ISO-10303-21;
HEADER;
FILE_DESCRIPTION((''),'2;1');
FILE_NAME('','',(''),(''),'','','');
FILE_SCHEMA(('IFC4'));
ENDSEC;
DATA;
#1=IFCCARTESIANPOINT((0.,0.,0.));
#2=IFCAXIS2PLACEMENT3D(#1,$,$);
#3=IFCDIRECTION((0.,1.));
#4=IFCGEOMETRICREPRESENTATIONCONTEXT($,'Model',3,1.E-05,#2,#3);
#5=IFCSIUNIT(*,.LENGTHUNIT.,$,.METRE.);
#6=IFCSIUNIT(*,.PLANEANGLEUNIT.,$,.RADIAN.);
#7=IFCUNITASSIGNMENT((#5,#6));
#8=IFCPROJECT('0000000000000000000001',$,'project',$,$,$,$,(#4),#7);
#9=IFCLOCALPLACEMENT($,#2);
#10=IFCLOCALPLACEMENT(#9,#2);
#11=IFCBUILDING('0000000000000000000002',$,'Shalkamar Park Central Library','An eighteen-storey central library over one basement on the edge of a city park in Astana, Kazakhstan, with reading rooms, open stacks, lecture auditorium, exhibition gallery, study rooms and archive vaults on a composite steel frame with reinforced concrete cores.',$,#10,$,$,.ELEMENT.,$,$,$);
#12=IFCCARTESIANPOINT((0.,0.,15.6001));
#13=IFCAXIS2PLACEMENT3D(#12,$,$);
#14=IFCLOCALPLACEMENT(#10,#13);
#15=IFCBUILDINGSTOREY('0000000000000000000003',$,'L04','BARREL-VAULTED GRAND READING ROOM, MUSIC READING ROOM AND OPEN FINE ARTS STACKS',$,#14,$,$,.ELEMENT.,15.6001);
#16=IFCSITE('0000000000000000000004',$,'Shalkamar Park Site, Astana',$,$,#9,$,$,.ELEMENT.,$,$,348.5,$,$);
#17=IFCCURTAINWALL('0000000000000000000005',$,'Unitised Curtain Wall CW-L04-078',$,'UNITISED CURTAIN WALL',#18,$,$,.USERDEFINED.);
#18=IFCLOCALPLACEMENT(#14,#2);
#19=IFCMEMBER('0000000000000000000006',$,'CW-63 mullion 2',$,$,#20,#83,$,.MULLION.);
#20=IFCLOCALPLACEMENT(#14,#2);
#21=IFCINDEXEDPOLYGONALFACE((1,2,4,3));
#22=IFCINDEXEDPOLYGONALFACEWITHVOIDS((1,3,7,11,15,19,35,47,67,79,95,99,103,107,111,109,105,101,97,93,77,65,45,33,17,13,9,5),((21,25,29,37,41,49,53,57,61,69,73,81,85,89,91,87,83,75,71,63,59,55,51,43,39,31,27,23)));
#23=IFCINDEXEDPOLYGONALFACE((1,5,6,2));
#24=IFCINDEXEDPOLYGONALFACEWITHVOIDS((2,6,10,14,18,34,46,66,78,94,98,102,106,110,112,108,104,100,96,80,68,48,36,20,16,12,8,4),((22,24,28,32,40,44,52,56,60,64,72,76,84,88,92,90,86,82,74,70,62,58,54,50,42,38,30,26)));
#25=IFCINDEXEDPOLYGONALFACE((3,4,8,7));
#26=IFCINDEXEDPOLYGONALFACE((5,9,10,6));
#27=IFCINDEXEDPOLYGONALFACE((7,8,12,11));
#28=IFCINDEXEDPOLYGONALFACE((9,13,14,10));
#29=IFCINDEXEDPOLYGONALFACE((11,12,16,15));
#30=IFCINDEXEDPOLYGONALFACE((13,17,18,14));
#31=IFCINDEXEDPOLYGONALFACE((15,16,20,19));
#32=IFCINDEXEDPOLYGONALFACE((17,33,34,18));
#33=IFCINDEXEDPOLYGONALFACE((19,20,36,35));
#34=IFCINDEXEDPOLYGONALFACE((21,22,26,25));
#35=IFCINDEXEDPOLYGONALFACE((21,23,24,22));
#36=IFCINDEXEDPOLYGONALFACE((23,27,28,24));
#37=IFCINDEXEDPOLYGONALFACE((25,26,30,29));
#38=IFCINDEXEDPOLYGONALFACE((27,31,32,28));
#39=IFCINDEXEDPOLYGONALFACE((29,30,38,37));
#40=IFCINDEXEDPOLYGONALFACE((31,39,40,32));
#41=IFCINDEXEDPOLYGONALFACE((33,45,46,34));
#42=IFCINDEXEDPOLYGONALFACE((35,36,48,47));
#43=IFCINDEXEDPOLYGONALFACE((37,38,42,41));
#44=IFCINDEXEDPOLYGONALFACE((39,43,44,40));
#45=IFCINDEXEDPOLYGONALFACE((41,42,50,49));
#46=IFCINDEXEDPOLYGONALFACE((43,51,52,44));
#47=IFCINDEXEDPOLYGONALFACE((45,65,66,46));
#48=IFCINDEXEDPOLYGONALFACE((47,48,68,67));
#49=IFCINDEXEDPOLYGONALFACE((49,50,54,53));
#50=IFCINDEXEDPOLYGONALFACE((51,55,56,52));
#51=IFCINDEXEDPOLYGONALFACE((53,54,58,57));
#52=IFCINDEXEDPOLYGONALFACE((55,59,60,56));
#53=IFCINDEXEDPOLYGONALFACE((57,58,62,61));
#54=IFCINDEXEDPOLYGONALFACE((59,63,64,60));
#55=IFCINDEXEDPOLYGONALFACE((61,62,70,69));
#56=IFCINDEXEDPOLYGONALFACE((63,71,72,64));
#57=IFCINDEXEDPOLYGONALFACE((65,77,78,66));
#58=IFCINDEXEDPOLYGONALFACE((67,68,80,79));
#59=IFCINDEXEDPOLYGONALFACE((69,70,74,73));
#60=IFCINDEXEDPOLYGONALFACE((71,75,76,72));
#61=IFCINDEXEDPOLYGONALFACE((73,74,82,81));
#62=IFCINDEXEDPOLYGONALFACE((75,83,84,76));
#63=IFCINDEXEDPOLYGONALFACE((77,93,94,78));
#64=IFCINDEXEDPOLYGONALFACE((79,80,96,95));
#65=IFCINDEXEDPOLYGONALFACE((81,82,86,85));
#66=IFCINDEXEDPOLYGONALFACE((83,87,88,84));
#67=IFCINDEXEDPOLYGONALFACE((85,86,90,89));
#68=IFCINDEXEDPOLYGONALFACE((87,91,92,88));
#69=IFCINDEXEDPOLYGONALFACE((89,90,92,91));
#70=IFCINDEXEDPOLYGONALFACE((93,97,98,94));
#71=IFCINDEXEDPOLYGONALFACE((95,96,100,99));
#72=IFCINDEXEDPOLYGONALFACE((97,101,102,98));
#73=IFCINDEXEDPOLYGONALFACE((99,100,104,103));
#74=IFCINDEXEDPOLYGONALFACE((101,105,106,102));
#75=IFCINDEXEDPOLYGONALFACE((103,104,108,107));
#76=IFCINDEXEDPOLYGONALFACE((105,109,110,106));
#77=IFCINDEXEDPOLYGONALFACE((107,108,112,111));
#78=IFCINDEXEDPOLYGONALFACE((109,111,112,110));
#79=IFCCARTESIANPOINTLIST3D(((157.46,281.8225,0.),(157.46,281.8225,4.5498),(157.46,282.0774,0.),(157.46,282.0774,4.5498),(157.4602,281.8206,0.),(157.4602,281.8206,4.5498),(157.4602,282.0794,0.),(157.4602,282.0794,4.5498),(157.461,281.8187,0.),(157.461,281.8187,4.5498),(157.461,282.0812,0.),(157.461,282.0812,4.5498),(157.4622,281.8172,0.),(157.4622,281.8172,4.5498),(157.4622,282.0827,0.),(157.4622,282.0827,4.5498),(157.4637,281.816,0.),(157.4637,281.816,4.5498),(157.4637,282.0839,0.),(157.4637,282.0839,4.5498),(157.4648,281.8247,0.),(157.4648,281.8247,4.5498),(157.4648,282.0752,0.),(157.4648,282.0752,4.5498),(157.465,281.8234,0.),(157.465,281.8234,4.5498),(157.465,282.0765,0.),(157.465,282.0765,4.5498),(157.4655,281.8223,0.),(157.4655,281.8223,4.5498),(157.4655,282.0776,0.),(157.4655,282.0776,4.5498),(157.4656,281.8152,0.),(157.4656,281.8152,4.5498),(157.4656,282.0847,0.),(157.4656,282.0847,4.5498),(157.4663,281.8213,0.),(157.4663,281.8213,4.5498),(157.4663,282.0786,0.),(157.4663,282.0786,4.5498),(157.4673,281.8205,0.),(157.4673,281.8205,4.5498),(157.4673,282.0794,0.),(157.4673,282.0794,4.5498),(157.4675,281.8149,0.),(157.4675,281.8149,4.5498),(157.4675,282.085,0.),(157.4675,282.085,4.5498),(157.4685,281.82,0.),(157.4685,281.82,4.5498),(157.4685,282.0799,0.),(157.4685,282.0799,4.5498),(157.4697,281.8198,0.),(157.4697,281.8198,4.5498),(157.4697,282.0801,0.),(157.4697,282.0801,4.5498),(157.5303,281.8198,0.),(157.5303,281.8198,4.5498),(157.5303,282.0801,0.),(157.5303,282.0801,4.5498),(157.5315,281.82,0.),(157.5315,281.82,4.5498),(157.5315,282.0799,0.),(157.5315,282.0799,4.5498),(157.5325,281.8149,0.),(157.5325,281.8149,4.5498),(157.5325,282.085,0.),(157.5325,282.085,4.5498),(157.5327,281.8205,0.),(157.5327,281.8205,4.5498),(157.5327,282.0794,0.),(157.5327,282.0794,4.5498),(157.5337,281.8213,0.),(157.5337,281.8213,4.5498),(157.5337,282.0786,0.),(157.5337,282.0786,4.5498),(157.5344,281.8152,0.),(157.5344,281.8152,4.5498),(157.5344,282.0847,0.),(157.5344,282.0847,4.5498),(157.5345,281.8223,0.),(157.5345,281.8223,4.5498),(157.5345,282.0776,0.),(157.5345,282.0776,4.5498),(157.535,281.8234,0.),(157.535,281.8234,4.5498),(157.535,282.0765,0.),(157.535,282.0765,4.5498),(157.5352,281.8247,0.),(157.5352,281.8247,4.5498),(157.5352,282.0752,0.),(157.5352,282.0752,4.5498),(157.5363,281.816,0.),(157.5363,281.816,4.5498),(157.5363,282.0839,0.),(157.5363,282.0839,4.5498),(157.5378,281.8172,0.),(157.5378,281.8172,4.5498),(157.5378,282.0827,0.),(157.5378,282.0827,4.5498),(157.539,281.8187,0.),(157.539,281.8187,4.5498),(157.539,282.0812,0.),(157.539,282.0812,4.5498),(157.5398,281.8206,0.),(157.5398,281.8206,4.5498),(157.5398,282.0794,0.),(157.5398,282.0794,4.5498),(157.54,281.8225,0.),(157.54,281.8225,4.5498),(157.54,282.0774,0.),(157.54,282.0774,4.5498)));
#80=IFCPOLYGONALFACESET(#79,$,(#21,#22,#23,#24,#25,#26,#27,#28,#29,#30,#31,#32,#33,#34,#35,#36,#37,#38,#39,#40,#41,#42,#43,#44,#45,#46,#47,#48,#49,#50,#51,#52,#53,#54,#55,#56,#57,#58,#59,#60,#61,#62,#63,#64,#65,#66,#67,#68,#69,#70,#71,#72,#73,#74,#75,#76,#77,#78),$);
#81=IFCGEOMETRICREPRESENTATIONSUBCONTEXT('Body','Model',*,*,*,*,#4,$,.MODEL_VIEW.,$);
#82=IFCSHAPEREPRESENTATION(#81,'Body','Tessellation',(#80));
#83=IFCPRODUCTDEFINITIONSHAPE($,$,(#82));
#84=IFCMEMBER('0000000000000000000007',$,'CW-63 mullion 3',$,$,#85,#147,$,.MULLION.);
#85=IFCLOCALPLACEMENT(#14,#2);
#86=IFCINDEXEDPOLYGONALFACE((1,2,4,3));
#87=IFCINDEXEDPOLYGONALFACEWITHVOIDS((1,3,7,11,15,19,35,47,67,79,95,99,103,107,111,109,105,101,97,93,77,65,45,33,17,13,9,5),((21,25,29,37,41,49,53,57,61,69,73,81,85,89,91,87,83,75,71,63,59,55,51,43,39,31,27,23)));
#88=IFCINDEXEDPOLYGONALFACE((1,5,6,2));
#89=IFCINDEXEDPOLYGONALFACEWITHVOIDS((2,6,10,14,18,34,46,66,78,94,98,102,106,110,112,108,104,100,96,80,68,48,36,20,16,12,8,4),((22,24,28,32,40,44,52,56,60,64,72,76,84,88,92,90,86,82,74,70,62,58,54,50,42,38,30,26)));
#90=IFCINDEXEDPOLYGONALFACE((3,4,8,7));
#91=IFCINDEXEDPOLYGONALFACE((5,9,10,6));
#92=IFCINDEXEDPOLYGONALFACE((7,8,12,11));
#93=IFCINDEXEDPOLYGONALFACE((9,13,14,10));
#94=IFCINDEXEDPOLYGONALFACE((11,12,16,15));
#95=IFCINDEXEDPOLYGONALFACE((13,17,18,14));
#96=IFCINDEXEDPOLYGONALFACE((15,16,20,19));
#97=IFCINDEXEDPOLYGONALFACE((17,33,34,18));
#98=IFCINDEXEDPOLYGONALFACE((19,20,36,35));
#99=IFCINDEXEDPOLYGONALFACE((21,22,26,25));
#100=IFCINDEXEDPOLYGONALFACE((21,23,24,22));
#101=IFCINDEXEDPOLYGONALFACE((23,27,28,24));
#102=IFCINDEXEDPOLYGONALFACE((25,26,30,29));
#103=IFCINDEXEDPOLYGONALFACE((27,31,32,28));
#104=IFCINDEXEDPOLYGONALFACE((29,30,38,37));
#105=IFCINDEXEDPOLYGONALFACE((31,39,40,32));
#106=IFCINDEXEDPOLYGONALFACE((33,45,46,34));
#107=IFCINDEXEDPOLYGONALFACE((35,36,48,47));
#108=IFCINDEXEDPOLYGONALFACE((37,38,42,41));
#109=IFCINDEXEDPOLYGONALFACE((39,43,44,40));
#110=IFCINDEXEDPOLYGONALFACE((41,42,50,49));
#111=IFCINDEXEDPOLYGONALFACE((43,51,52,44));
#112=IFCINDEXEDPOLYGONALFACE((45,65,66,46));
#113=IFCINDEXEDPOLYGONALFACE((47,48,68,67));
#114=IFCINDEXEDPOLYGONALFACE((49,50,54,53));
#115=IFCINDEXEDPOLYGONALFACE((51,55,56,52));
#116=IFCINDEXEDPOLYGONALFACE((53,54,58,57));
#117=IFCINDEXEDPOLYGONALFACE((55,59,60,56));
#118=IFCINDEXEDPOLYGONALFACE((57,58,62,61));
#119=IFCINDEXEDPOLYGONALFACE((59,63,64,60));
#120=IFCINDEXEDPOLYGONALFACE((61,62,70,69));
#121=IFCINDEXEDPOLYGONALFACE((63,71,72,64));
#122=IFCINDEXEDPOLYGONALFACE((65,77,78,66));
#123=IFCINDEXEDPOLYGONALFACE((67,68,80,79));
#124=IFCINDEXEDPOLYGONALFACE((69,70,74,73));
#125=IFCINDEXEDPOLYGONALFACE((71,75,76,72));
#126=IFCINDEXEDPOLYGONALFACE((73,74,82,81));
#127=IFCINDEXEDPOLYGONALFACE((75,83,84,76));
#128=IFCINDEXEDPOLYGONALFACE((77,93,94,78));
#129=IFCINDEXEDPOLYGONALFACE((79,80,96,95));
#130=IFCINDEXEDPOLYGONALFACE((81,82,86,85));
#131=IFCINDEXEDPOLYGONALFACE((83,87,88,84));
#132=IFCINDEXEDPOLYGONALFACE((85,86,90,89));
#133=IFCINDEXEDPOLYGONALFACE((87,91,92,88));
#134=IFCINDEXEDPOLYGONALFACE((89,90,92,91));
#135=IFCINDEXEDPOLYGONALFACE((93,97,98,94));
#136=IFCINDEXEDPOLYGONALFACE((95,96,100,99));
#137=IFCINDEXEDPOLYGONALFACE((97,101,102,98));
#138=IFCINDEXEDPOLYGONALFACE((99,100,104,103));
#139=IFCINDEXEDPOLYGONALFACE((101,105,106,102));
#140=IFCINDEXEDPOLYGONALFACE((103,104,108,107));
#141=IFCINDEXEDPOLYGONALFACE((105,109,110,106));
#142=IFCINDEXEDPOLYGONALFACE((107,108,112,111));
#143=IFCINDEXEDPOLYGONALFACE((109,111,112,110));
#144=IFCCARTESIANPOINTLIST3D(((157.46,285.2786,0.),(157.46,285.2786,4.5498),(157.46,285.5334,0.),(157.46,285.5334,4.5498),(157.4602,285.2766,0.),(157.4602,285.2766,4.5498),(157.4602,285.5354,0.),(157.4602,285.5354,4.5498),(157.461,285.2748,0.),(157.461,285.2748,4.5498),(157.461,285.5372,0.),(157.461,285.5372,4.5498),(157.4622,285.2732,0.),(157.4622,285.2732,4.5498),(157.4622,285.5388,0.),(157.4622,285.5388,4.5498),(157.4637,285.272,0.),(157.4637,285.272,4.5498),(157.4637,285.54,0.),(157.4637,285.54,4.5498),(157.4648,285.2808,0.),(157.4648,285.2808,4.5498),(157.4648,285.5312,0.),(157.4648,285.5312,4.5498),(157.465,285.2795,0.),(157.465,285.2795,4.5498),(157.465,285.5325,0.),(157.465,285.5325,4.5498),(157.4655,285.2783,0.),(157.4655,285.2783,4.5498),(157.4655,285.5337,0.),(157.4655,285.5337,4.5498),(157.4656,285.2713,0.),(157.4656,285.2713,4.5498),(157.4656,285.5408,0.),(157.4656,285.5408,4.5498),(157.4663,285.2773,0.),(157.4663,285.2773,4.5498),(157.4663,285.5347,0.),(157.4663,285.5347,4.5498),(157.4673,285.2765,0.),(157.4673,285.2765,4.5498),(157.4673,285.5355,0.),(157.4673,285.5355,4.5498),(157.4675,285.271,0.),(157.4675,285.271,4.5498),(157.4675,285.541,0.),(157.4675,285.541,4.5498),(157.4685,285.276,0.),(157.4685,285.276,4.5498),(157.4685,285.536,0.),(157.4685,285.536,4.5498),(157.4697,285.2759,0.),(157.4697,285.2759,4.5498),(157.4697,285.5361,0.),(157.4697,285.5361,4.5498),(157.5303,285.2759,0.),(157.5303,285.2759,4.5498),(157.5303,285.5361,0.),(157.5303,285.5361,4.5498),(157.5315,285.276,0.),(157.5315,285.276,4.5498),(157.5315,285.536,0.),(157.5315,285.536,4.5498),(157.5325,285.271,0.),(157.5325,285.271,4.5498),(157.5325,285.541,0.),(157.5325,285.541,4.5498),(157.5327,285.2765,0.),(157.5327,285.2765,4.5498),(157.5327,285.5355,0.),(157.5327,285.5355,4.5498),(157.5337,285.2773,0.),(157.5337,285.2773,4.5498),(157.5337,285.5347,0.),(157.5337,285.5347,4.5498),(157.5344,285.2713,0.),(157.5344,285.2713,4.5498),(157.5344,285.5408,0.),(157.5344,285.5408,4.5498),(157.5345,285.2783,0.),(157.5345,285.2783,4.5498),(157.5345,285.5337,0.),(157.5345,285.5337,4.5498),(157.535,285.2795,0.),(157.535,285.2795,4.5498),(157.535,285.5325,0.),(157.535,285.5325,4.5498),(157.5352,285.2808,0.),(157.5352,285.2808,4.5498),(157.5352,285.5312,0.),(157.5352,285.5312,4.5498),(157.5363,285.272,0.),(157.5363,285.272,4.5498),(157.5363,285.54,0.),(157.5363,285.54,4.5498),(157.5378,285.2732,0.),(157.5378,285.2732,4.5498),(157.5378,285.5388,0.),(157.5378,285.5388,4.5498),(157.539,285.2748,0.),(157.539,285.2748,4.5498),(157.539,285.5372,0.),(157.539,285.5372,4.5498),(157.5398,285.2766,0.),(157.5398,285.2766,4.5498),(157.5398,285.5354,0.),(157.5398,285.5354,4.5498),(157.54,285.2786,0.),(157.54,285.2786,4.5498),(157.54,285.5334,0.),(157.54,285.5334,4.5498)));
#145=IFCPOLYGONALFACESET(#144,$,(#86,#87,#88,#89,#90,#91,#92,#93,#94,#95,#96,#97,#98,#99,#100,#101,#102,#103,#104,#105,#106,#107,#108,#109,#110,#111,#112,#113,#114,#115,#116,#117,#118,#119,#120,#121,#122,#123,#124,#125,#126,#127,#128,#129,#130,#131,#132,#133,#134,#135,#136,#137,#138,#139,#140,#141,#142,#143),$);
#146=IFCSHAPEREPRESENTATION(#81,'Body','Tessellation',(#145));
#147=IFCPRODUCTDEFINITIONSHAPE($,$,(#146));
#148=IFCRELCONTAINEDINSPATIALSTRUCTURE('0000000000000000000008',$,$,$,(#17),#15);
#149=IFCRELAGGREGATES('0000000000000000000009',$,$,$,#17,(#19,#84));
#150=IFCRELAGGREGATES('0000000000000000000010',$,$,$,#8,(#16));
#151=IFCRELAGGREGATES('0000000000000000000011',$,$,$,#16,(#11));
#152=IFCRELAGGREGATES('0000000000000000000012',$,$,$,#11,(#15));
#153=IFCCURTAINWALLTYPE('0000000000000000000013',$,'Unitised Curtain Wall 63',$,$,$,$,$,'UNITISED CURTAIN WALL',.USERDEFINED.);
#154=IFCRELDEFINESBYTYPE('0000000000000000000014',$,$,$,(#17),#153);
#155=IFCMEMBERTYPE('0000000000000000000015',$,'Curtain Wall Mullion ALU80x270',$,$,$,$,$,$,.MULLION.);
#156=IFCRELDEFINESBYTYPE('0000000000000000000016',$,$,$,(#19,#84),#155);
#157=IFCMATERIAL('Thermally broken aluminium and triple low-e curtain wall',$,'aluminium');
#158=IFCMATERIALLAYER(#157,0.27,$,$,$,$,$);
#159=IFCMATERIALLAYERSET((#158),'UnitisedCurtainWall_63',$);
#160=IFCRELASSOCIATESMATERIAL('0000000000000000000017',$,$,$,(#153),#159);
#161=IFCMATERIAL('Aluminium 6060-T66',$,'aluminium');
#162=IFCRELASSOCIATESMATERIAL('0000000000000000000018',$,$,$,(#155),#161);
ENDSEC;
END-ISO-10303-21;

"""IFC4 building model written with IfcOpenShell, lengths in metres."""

from ifc_helpers import new_model, si_unit, direction, frame, origin, origin_2d, place, context, subcontext, project, spatial, hollow_rectangle, extrude, material, layer, layer_set, material_profile, profile_set, type_object, element, aggregate, save


model = new_model("IFC4")

# Units and contexts
model_context = context("Model", 3, precision=1e-05, world=origin(), true_north=direction((0.0, 1.0)))
body_context = subcontext(model_context, "Body", "Model", "MODEL_VIEW")
ifc_project = project(units=[si_unit("LENGTHUNIT", "METRE"), si_unit("PLANEANGLEUNIT", "RADIAN")], contexts=[model_context])

# Site, building, storey
site_placement = place(None, origin())
site = spatial("IfcSite", under=ifc_project, at=site_placement, Name="Shalkamar Park Site, Astana", CompositionType="ELEMENT", RefElevation=348.5)
building_placement = place(site_placement, origin())
building = spatial("IfcBuilding", under=site, at=building_placement, Name="Shalkamar Park Central Library", Description="An eighteen-storey central library over one basement on the edge of a city park in Astana, Kazakhstan, with reading rooms, open stacks, lecture auditorium, exhibition gallery, study rooms and archive vaults on a composite steel frame with reinforced concrete cores.", CompositionType="ELEMENT")
storey_placement = place(building_placement, frame((0.0, 0.0, 15.6001)))
storey = spatial("IfcBuildingStorey", under=building, at=storey_placement, Name="L04", Description="BARREL-VAULTED GRAND READING ROOM, MUSIC READING ROOM AND OPEN FINE ARTS STACKS", CompositionType="ELEMENT", Elevation=15.6001)

# Curtain wall, members
ifc_material_1 = material(Name="Thermally broken aluminium and triple low-e curtain wall", Category="aluminium")
ifc_layer_1 = layer(ifc_material_1, 0.27)
ifc_layer_set_1 = layer_set([ifc_layer_1], Name="UnitisedCurtainWall_63")
curtain_wall_type = type_object("IfcCurtainWallType", Name="Unitised Curtain Wall 63", ElementType="UNITISED CURTAIN WALL", PredefinedType="USERDEFINED", material=ifc_layer_set_1)
curtain_wall_placement = place(storey_placement, origin())
curtain_wall = element("IfcCurtainWall", 1, at=curtain_wall_placement, inside=storey, type_object=curtain_wall_type, Name="Unitised Curtain Wall CW-L04-078", ObjectType="UNITISED CURTAIN WALL", PredefinedType="USERDEFINED")
ifc_material_2 = material(Name="Aluminium 6060-T66", Category="aluminium")
ifc_material_profile_1 = material_profile(ifc_material_2, hollow_rectangle(XDim=0.0801, YDim=0.27, WallThickness=0.0049, InnerFilletRadius=0.0049, OuterFilletRadius=0.0076, at=origin_2d()), Name="ALU 80x270x5")
ifc_profile_set_1 = profile_set([ifc_material_profile_1], Name="Aluminium 6060-T66")
member_type_1 = type_object("IfcMemberType", Name="Curtain Wall Mullion ALU80x270", PredefinedType="MULLION", material=ifc_profile_set_1)
member_1_placement = place(storey_placement, frame((157.5, 281.95, 0.0), z_axis=(0.0, 0.0, 1.0), x_axis=(-1.0, 0.0, 0.0)))
member_1 = element("IfcMember", 2, at=member_1_placement, type_object=member_type_1, Name="CW-63 mullion 2", PredefinedType="MULLION", context=body_context, shape_type="SweptSolid", body=[
    extrude(hollow_rectangle(XDim=0.0801, YDim=0.27, WallThickness=0.0049, InnerFilletRadius=0.0049, OuterFilletRadius=0.0076, at=origin_2d()), origin(), (0.0, 0.0, 1.0), 4.5498),
])
member_2_placement = place(storey_placement, frame((157.5, 285.406, 0.0), z_axis=(0.0, 0.0, 1.0), x_axis=(-1.0, 0.0, 0.0)))
member_2 = element("IfcMember", 3, at=member_2_placement, type_object=member_type_1, Name="CW-63 mullion 3", PredefinedType="MULLION", context=body_context, shape_type="SweptSolid", body=[
    extrude(hollow_rectangle(XDim=0.0801, YDim=0.27, WallThickness=0.0049, InnerFilletRadius=0.0049, OuterFilletRadius=0.0076, at=origin_2d()), origin(), (0.0, 0.0, 1.0), 4.5498),
])

aggregate(curtain_wall, [member_1, member_2])

save(model, "model.ifc")
